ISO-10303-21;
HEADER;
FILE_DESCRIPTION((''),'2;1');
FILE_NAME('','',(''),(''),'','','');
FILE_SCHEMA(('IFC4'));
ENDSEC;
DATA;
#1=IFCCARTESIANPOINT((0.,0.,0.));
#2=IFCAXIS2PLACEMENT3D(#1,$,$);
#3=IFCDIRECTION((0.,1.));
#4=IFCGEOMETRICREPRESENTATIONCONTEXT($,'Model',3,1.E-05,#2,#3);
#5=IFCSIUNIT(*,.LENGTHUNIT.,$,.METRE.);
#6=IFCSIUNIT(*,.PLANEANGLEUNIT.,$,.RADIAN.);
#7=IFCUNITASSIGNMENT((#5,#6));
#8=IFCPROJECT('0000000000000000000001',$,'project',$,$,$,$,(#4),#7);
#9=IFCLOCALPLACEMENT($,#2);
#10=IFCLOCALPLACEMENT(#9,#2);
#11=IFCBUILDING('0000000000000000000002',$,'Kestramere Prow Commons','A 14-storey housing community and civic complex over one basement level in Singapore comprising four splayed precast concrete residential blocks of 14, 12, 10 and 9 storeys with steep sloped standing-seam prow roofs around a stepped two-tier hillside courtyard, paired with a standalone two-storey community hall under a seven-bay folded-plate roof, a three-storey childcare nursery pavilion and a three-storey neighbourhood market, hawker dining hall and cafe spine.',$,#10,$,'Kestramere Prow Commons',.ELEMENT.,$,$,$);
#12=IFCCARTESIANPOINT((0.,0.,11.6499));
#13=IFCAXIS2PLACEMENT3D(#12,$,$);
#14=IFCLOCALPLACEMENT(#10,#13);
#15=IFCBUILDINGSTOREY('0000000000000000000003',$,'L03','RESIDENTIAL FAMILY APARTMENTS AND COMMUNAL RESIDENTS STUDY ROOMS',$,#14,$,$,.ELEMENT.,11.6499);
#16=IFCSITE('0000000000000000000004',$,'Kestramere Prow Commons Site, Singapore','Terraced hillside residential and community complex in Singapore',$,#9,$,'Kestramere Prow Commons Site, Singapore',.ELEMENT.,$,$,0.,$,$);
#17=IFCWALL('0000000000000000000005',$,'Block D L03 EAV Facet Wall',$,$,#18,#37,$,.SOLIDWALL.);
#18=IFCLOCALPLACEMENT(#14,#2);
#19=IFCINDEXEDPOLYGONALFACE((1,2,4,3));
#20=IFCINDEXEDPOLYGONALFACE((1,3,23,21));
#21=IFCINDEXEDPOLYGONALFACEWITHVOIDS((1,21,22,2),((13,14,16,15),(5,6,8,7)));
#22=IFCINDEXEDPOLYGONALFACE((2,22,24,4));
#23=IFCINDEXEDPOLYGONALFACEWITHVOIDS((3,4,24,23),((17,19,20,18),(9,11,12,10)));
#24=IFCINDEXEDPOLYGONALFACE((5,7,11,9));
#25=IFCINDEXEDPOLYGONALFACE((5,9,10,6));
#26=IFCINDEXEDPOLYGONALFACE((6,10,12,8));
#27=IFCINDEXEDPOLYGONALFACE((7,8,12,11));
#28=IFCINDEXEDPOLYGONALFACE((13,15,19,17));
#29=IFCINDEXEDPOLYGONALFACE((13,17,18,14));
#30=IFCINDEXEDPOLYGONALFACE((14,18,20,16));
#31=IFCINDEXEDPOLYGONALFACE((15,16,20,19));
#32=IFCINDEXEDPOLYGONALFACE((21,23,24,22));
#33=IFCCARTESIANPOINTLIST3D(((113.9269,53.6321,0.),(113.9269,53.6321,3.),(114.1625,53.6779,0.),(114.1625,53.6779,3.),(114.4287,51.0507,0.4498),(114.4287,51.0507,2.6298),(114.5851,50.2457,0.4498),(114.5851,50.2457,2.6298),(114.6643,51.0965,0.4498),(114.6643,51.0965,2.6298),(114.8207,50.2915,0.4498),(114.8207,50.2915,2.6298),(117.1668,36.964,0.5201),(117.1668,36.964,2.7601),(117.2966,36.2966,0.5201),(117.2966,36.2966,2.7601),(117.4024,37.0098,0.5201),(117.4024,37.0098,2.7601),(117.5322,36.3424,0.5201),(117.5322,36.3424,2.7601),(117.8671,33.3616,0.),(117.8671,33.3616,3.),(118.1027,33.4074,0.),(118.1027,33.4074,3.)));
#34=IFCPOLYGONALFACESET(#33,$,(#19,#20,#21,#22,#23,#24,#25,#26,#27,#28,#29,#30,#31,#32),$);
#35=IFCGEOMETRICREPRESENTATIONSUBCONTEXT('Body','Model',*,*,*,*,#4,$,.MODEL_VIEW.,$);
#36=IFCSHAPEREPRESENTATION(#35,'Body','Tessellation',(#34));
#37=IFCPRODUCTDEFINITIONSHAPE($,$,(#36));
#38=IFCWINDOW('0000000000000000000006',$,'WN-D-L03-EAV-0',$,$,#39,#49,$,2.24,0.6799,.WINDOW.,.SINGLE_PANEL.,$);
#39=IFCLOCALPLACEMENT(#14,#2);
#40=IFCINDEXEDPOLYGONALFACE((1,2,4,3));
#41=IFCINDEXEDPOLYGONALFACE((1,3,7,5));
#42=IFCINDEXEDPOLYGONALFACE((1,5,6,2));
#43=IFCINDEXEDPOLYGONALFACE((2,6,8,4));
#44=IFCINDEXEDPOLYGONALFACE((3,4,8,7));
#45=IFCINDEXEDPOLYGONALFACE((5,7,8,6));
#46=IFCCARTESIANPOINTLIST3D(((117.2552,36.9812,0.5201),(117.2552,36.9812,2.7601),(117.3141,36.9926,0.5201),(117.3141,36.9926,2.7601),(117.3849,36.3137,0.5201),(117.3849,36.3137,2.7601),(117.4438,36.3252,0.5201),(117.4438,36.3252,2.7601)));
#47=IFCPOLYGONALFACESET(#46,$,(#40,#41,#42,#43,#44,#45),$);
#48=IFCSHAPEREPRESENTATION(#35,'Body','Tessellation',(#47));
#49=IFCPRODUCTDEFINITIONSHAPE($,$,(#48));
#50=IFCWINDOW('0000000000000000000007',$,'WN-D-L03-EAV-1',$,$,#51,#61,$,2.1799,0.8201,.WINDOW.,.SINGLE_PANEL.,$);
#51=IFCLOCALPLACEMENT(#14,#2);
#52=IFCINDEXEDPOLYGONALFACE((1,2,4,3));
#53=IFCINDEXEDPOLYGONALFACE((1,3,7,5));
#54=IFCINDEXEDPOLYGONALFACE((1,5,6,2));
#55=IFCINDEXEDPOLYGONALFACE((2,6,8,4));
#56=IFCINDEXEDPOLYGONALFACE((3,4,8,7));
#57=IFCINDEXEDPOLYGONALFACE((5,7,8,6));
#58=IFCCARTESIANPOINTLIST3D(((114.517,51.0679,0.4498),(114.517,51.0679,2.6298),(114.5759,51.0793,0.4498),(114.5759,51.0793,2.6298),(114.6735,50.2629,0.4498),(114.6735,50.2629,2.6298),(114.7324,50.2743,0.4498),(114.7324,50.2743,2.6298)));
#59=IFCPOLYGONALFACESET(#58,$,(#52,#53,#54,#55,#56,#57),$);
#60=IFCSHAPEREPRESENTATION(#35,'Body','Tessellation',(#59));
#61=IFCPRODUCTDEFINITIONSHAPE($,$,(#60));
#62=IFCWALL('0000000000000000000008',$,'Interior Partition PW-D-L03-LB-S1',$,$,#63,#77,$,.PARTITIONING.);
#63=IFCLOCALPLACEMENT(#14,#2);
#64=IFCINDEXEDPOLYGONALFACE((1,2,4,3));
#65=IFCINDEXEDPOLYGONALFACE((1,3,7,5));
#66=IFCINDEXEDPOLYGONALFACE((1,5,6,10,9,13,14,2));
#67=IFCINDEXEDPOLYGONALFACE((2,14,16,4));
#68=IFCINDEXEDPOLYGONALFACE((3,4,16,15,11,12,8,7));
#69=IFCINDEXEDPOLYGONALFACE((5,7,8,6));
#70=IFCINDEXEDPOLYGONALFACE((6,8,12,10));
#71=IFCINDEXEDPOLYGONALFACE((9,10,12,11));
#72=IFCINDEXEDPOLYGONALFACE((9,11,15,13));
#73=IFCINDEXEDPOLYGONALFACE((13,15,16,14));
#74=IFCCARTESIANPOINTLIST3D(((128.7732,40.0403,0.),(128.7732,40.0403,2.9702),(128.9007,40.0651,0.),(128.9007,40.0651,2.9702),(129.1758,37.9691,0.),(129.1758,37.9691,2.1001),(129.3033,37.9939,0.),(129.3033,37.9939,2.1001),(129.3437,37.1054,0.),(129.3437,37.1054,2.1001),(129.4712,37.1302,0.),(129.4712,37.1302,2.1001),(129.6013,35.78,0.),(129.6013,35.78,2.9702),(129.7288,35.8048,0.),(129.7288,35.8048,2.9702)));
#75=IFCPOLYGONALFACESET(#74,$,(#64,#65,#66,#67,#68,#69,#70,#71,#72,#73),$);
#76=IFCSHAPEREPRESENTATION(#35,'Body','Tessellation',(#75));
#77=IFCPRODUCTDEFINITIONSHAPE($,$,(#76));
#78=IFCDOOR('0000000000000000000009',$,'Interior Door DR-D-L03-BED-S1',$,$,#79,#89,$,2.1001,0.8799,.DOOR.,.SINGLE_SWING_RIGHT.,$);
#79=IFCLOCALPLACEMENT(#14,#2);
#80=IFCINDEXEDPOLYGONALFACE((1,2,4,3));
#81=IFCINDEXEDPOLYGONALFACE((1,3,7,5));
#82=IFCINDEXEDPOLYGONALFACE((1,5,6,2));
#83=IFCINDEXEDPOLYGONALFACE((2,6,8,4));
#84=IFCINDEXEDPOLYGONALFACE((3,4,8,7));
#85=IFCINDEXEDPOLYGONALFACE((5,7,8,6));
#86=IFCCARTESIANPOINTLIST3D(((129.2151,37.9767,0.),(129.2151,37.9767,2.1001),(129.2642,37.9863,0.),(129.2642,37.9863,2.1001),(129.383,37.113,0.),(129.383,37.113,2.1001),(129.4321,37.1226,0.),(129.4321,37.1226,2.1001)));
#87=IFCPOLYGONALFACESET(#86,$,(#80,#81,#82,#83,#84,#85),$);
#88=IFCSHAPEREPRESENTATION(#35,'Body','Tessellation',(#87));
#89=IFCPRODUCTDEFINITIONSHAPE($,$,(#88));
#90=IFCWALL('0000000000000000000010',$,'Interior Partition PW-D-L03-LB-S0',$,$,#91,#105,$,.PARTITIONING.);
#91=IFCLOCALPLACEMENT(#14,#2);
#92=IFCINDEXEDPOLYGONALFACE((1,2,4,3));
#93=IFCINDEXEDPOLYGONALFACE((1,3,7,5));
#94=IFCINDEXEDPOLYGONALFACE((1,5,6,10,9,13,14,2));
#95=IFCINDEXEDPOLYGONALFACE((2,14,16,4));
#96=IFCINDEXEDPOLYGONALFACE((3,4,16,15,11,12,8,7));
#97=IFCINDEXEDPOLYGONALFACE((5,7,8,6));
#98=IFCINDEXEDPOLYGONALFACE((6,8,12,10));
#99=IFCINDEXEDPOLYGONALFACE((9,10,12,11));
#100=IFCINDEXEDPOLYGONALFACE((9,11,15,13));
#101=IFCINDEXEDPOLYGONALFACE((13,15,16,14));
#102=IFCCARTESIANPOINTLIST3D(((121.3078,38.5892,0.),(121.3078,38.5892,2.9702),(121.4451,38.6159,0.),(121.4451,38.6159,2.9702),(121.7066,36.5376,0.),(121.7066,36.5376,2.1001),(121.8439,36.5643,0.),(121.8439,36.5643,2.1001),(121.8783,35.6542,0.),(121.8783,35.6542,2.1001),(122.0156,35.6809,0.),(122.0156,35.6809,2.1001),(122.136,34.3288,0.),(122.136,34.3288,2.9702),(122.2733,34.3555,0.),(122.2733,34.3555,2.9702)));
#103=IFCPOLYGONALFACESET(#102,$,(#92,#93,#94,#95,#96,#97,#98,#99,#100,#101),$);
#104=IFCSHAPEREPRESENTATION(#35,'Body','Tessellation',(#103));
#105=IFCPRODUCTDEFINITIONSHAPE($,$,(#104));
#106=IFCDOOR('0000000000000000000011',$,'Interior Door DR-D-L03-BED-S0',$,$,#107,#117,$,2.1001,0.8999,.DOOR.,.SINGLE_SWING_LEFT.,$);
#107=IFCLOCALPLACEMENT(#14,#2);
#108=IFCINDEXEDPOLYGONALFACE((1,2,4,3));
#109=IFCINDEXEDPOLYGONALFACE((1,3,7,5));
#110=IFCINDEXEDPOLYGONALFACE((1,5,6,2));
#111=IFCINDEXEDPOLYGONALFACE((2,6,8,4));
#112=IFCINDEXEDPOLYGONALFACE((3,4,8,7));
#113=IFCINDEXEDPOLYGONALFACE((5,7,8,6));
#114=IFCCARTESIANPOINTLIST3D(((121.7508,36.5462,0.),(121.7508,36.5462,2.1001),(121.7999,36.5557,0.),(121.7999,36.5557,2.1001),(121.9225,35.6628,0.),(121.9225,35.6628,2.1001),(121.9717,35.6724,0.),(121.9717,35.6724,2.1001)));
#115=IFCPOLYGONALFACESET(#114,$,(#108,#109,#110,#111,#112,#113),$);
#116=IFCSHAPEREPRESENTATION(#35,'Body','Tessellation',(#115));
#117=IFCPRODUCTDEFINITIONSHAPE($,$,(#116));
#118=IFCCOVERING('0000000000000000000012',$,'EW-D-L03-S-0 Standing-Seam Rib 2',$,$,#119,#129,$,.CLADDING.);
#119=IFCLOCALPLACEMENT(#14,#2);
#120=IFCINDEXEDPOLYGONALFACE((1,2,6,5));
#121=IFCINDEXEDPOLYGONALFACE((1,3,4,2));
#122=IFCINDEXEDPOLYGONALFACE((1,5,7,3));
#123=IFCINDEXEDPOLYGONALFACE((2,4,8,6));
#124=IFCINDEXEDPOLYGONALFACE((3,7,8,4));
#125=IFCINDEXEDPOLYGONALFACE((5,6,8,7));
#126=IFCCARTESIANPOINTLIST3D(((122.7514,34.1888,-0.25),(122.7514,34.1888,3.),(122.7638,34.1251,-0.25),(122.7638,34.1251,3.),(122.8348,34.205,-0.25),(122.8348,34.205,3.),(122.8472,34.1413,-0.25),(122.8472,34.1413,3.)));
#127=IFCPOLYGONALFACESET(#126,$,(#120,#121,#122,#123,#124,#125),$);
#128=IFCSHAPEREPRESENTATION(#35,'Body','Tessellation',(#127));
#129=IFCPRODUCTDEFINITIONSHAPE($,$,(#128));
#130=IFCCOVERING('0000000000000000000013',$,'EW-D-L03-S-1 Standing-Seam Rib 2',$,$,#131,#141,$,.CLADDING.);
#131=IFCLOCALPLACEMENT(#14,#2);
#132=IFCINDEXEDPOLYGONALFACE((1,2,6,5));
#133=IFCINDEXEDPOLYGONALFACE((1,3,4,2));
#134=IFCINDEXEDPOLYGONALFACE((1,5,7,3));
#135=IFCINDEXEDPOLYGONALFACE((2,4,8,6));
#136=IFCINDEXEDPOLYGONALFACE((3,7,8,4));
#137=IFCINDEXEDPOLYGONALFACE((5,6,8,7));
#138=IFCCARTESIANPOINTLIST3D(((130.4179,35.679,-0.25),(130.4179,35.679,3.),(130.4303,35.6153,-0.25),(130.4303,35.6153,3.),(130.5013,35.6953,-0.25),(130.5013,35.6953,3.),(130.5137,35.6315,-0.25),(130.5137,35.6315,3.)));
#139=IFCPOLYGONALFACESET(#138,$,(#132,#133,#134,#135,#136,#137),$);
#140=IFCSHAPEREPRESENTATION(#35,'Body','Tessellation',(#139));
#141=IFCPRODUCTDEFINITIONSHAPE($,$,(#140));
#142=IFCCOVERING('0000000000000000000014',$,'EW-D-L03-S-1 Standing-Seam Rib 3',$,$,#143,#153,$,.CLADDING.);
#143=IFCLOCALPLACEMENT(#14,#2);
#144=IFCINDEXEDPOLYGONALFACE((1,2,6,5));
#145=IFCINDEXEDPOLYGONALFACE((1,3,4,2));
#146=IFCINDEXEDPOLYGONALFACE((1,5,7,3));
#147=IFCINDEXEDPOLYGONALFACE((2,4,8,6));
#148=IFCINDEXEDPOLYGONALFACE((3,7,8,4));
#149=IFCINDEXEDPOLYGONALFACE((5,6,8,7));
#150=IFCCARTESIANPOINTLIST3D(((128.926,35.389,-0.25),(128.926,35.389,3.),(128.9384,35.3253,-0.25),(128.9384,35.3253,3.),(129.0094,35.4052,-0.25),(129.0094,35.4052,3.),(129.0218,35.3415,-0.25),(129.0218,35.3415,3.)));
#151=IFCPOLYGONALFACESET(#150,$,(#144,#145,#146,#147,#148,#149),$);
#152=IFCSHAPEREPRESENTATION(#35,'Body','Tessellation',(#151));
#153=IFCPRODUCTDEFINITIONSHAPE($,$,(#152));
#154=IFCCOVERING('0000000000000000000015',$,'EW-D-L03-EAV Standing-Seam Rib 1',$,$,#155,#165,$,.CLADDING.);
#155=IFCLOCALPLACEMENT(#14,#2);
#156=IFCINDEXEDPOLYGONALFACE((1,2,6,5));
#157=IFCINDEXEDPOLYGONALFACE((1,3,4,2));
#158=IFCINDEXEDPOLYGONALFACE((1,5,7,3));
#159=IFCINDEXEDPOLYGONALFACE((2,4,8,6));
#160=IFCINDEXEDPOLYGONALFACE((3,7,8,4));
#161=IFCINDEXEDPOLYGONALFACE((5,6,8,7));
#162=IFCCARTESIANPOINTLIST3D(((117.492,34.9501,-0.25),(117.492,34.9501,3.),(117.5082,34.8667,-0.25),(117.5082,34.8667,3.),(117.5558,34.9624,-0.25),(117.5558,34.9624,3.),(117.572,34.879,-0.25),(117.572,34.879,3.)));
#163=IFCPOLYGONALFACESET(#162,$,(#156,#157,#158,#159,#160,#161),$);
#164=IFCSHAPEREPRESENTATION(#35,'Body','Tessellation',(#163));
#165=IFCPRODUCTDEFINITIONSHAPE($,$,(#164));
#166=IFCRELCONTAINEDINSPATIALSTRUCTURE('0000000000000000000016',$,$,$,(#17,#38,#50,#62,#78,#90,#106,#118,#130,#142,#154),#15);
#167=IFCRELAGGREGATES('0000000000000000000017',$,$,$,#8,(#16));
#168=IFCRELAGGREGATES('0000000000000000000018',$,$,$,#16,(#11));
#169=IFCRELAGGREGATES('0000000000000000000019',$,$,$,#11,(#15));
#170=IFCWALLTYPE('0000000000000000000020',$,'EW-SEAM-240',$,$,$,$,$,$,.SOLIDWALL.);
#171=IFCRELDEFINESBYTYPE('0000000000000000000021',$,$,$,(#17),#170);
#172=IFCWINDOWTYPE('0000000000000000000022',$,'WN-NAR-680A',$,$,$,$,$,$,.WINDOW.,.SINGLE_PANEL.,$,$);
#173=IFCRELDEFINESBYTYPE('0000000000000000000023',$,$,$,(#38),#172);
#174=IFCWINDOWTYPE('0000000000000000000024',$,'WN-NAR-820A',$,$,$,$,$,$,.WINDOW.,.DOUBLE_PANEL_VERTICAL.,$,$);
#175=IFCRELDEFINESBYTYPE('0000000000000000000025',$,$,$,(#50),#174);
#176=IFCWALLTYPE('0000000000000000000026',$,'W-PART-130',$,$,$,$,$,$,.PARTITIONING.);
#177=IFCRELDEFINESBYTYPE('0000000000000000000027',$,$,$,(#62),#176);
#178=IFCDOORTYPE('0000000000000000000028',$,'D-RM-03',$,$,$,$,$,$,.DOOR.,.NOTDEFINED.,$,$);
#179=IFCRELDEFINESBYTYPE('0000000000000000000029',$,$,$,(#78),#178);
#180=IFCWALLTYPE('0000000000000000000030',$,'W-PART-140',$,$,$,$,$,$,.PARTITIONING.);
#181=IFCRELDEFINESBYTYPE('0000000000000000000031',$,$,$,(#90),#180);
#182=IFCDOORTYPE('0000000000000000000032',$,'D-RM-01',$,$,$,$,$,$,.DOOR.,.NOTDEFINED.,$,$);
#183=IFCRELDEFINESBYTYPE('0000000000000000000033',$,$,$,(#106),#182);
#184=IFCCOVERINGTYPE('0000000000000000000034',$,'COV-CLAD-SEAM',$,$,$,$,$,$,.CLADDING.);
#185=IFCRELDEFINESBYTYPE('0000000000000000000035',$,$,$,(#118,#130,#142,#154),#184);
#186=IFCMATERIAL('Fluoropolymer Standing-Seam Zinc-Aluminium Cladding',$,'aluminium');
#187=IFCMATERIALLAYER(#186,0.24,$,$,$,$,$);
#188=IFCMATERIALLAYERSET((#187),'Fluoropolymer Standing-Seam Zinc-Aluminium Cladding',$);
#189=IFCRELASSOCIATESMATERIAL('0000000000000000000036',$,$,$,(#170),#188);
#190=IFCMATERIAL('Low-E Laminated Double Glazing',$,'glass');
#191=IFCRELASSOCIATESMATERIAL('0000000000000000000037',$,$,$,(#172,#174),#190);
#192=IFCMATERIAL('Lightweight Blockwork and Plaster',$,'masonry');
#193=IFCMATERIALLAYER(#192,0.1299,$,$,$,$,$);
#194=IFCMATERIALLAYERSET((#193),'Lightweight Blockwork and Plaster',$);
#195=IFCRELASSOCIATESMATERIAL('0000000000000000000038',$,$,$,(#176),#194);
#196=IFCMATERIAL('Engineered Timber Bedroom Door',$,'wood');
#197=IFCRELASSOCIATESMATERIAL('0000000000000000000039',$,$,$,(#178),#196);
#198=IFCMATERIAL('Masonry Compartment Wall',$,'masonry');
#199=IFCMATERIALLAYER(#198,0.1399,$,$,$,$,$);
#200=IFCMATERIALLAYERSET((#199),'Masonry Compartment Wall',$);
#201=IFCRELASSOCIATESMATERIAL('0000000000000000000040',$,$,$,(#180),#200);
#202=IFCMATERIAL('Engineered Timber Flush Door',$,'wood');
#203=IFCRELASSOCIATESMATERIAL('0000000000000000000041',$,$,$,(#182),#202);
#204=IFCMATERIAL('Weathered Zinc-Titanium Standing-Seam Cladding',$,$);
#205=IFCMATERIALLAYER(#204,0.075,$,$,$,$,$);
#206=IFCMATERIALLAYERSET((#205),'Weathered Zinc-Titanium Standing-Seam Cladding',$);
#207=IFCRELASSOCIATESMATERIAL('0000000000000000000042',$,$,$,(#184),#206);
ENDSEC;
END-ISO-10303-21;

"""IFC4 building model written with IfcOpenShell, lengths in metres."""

from ifc_helpers import new_model, si_unit, direction, frame, frame_2d, origin, origin_2d, place, context, subcontext, project, spatial, rectangle, extrude, material, layer, layer_set, type_object, element, fill, save


model = new_model("IFC4")

# Units and contexts
model_context = context("Model", 3, precision=1e-05, world=origin(), true_north=direction((0.0, 1.0)))
body_context = subcontext(model_context, "Body", "Model", "MODEL_VIEW")
ifc_project = project(units=[si_unit("LENGTHUNIT", "METRE"), si_unit("PLANEANGLEUNIT", "RADIAN")], contexts=[model_context])

# Site, building, storey
site_placement = place(None, origin())
site = spatial("IfcSite", under=ifc_project, at=site_placement, Name="Kestramere Prow Commons Site, Singapore", Description="Terraced hillside residential and community complex in Singapore", LongName="Kestramere Prow Commons Site, Singapore", CompositionType="ELEMENT", RefElevation=0.0)
building_placement = place(site_placement, origin())
building = spatial("IfcBuilding", under=site, at=building_placement, Name="Kestramere Prow Commons", Description="A 14-storey housing community and civic complex over one basement level in Singapore comprising four splayed precast concrete residential blocks of 14, 12, 10 and 9 storeys with steep sloped standing-seam prow roofs around a stepped two-tier hillside courtyard, paired with a standalone two-storey community hall under a seven-bay folded-plate roof, a three-storey childcare nursery pavilion and a three-storey neighbourhood market, hawker dining hall and cafe spine.", LongName="Kestramere Prow Commons", CompositionType="ELEMENT")
storey_placement = place(building_placement, frame((0.0, 0.0, 11.6499)))
storey = spatial("IfcBuildingStorey", under=building, at=storey_placement, Name="L03", Description="RESIDENTIAL FAMILY APARTMENTS AND COMMUNAL RESIDENTS STUDY ROOMS", CompositionType="ELEMENT", Elevation=11.6499)

# Wall, openings, windows
ifc_material_1 = material(Name="Fluoropolymer Standing-Seam Zinc-Aluminium Cladding", Category="aluminium")
ifc_layer_1 = layer(ifc_material_1, 0.24)
ifc_layer_set_1 = layer_set([ifc_layer_1], Name="Fluoropolymer Standing-Seam Zinc-Aluminium Cladding")
wall_type_1 = type_object("IfcWallType", Name="EW-SEAM-240", PredefinedType="SOLIDWALL", material=ifc_layer_set_1)
ifc_material_2 = material(Name="Low-E Laminated Double Glazing", Category="glass")
wall_1_placement = place(storey_placement, frame((117.9849, 33.3845, 0.0), z_axis=(0.0, 0.0, 1.0), x_axis=(-0.190809, 0.981627, 0.0)))
wall_1 = element("IfcWall", 1, at=wall_1_placement, inside=storey, type_object=wall_type_1, Name="Block D L03 EAV Facet Wall", PredefinedType="SOLIDWALL", context=body_context, shape_type="SweptSolid", body=[
    extrude(rectangle(XDim=20.6499, YDim=0.24, at=frame_2d((10.325, 0.0))), origin(), (0.0, 0.0, 1.0), 3.0),
])
opening_1_placement = place(wall_1_placement, frame((2.99, 0.0, 0.52)))
opening_1 = element("IfcOpeningElement", 2, at=opening_1_placement, cuts=wall_1, PredefinedType="OPENING", context=body_context, shape_type="SweptSolid", body=[
    extrude(rectangle(XDim=0.6799, YDim=2.24, at=frame_2d((0.3398, 1.1201))), frame((0.0, 0.135, 0.0), z_axis=(0.0, -1.0, 0.0), x_axis=(1.0, 0.0, 0.0)), (0.0, 0.0, 1.0), 0.27),
])
opening_2_placement = place(wall_1_placement, frame((17.2, 0.0, 0.45)))
opening_2 = element("IfcOpeningElement", 3, at=opening_2_placement, cuts=wall_1, PredefinedType="OPENING", context=body_context, shape_type="SweptSolid", body=[
    extrude(rectangle(XDim=0.8201, YDim=2.1799, at=frame_2d((0.4102, 1.0898))), frame((0.0, 0.135, 0.0), z_axis=(0.0, -1.0, 0.0), x_axis=(1.0, 0.0, 0.0)), (0.0, 0.0, 1.0), 0.27),
])
window_type_1 = type_object("IfcWindowType", Name="WN-NAR-680A", PartitioningType="SINGLE_PANEL", PredefinedType="WINDOW", material=ifc_material_2)
window_1_placement = place(opening_1_placement, origin())
window_1 = element("IfcWindow", 4, at=window_1_placement, inside=storey, type_object=window_type_1, Name="WN-D-L03-EAV-0", OverallHeight=2.24, OverallWidth=0.6799, PartitioningType="SINGLE_PANEL", PredefinedType="WINDOW", context=body_context, shape_type="SweptSolid", body=[
    extrude(rectangle(XDim=0.6799, YDim=2.24, at=frame_2d((0.3398, 1.1201))), frame((0.0, 0.03, 0.0), z_axis=(0.0, -1.0, 0.0), x_axis=(1.0, 0.0, 0.0)), (0.0, 0.0, 1.0), 0.0601),
])
fill(opening_1, window_1)
window_type_2 = type_object("IfcWindowType", Name="WN-NAR-820A", PartitioningType="DOUBLE_PANEL_VERTICAL", PredefinedType="WINDOW", material=ifc_material_2)
window_2_placement = place(opening_2_placement, origin())
window_2 = element("IfcWindow", 5, at=window_2_placement, inside=storey, type_object=window_type_2, Name="WN-D-L03-EAV-1", OverallHeight=2.1799, OverallWidth=0.8201, PartitioningType="SINGLE_PANEL", PredefinedType="WINDOW", context=body_context, shape_type="SweptSolid", body=[
    extrude(rectangle(XDim=0.8201, YDim=2.1799, at=frame_2d((0.4102, 1.0898))), frame((0.0, 0.03, 0.0), z_axis=(0.0, -1.0, 0.0), x_axis=(1.0, 0.0, 0.0)), (0.0, 0.0, 1.0), 0.0601),
])
fill(opening_2, window_2)

# Walls, openings, doors
ifc_material_3 = material(Name="Lightweight Blockwork and Plaster", Category="masonry")
ifc_layer_2 = layer(ifc_material_3, 0.1299)
ifc_layer_set_2 = layer_set([ifc_layer_2], Name="Lightweight Blockwork and Plaster")
wall_type_2 = type_object("IfcWallType", Name="W-PART-130", PredefinedType="PARTITIONING", material=ifc_layer_set_2)
wall_2_placement = place(storey_placement, frame((129.665, 35.7925, 0.0), z_axis=(0.0, 0.0, 1.0), x_axis=(-0.190812, 0.981627, 0.0)))
wall_2 = element("IfcWall", 6, at=wall_2_placement, inside=storey, type_object=wall_type_2, Name="Interior Partition PW-D-L03-LB-S1", PredefinedType="PARTITIONING", context=body_context, shape_type="SweptSolid", body=[
    extrude(rectangle(XDim=4.3401, YDim=0.1299, at=frame_2d((2.1699, 0.0))), origin(), (0.0, 0.0, 1.0), 2.9702),
])
opening_3_placement = place(wall_2_placement, frame((1.3501, 0.0, 0.0)))
opening_3 = element("IfcOpeningElement", 7, at=opening_3_placement, cuts=wall_2, PredefinedType="OPENING", context=body_context, shape_type="SweptSolid", body=[
    extrude(rectangle(XDim=0.8799, YDim=2.1001, at=frame_2d((0.4399, 1.05))), frame((0.0, 0.0798, 0.0), z_axis=(0.0, -1.0, 0.0), x_axis=(1.0, 0.0, 0.0)), (0.0, 0.0, 1.0), 0.1599),
])
ifc_material_4 = material(Name="Engineered Timber Bedroom Door", Category="wood")
door_type_1 = type_object("IfcDoorType", Name="D-RM-03", OperationType="NOTDEFINED", PredefinedType="DOOR", material=ifc_material_4)
door_1_placement = place(opening_3_placement, origin())
door_1 = element("IfcDoor", 8, at=door_1_placement, inside=storey, type_object=door_type_1, Name="Interior Door DR-D-L03-BED-S1", OperationType="SINGLE_SWING_RIGHT", OverallHeight=2.1001, OverallWidth=0.8799, PredefinedType="DOOR", context=body_context, shape_type="SweptSolid", body=[
    extrude(rectangle(XDim=0.8799, YDim=2.1001, at=frame_2d((0.4399, 1.05))), frame((0.0, 0.0249, 0.0), z_axis=(0.0, -1.0, 0.0), x_axis=(1.0, 0.0, 0.0)), (0.0, 0.0, 1.0), 0.05),
])
fill(opening_3, door_1)
ifc_material_5 = material(Name="Masonry Compartment Wall", Category="masonry")
ifc_layer_3 = layer(ifc_material_5, 0.1399)
ifc_layer_set_3 = layer_set([ifc_layer_3], Name="Masonry Compartment Wall")
wall_type_3 = type_object("IfcWallType", Name="W-PART-140", PredefinedType="PARTITIONING", material=ifc_layer_set_3)
wall_3_placement = place(storey_placement, frame((122.2046, 34.3423, 0.0), z_axis=(0.0, 0.0, 1.0), x_axis=(-0.190812, 0.981627, 0.0)))
wall_3 = element("IfcWall", 9, at=wall_3_placement, inside=storey, type_object=wall_type_3, Name="Interior Partition PW-D-L03-LB-S0", PredefinedType="PARTITIONING", context=body_context, shape_type="SweptSolid", body=[
    extrude(rectangle(XDim=4.3401, YDim=0.1399, at=frame_2d((2.1699, 0.0))), origin(), (0.0, 0.0, 1.0), 2.9702),
])
opening_4_placement = place(wall_3_placement, frame((1.3501, 0.0, 0.0)))
opening_4 = element("IfcOpeningElement", 10, at=opening_4_placement, cuts=wall_3, PredefinedType="OPENING", context=body_context, shape_type="SweptSolid", body=[
    extrude(rectangle(XDim=0.8999, YDim=2.1001, at=frame_2d((0.45, 1.05))), frame((0.0, 0.085, 0.0), z_axis=(0.0, -1.0, 0.0), x_axis=(1.0, 0.0, 0.0)), (0.0, 0.0, 1.0), 0.1699),
])
ifc_material_6 = material(Name="Engineered Timber Flush Door", Category="wood")
door_type_2 = type_object("IfcDoorType", Name="D-RM-01", OperationType="NOTDEFINED", PredefinedType="DOOR", material=ifc_material_6)
door_2_placement = place(opening_4_placement, origin())
door_2 = element("IfcDoor", 11, at=door_2_placement, inside=storey, type_object=door_type_2, Name="Interior Door DR-D-L03-BED-S0", OperationType="SINGLE_SWING_LEFT", OverallHeight=2.1001, OverallWidth=0.8999, PredefinedType="DOOR", context=body_context, shape_type="SweptSolid", body=[
    extrude(rectangle(XDim=0.8999, YDim=2.1001, at=frame_2d((0.45, 1.05))), frame((0.0, 0.0249, 0.0), z_axis=(0.0, -1.0, 0.0), x_axis=(1.0, 0.0, 0.0)), (0.0, 0.0, 1.0), 0.05),
])
fill(opening_4, door_2)

# Coverings
ifc_material_7 = material(Name="Weathered Zinc-Titanium Standing-Seam Cladding")
ifc_layer_4 = layer(ifc_material_7, 0.075)
ifc_layer_set_4 = layer_set([ifc_layer_4], Name="Weathered Zinc-Titanium Standing-Seam Cladding")
covering_type_1 = type_object("IfcCoveringType", Name="COV-CLAD-SEAM", PredefinedType="CLADDING", material=ifc_layer_set_4)
for number, where, z_axis, x_axis, name in (
    (12, (122.7993, 34.165, -0.25), (0.0, 0.0, 1.0), (-0.981627, -0.190809, 0.0), "EW-D-L03-S-0 Standing-Seam Rib 2"),
    (13, (130.4658, 35.6553, -0.25), (0.0, 0.0, 1.0), (-0.981627, -0.190809, 0.0), "EW-D-L03-S-1 Standing-Seam Rib 2"),
    (14, (128.9739, 35.3652, -0.25), (0.0, 0.0, 1.0), (-0.981627, -0.190809, 0.0), "EW-D-L03-S-1 Standing-Seam Rib 3"),
    (15, (117.532, 34.9146, -0.25), (0.0, 0.0, 1.0), (-0.190809, 0.981627, 0.0), "EW-D-L03-EAV Standing-Seam Rib 1"),
):
    element("IfcCovering", number, at=place(storey_placement, frame(where, z_axis=z_axis, x_axis=x_axis)), inside=storey, type_object=covering_type_1, Name=name, PredefinedType="CLADDING", context=body_context, shape_type="SweptSolid", body=[
        extrude(rectangle(XDim=0.085, YDim=0.0649, at=origin_2d()), origin(), (0.0, 0.0, 1.0), 3.25),
    ])

save(model, "model.ifc")
